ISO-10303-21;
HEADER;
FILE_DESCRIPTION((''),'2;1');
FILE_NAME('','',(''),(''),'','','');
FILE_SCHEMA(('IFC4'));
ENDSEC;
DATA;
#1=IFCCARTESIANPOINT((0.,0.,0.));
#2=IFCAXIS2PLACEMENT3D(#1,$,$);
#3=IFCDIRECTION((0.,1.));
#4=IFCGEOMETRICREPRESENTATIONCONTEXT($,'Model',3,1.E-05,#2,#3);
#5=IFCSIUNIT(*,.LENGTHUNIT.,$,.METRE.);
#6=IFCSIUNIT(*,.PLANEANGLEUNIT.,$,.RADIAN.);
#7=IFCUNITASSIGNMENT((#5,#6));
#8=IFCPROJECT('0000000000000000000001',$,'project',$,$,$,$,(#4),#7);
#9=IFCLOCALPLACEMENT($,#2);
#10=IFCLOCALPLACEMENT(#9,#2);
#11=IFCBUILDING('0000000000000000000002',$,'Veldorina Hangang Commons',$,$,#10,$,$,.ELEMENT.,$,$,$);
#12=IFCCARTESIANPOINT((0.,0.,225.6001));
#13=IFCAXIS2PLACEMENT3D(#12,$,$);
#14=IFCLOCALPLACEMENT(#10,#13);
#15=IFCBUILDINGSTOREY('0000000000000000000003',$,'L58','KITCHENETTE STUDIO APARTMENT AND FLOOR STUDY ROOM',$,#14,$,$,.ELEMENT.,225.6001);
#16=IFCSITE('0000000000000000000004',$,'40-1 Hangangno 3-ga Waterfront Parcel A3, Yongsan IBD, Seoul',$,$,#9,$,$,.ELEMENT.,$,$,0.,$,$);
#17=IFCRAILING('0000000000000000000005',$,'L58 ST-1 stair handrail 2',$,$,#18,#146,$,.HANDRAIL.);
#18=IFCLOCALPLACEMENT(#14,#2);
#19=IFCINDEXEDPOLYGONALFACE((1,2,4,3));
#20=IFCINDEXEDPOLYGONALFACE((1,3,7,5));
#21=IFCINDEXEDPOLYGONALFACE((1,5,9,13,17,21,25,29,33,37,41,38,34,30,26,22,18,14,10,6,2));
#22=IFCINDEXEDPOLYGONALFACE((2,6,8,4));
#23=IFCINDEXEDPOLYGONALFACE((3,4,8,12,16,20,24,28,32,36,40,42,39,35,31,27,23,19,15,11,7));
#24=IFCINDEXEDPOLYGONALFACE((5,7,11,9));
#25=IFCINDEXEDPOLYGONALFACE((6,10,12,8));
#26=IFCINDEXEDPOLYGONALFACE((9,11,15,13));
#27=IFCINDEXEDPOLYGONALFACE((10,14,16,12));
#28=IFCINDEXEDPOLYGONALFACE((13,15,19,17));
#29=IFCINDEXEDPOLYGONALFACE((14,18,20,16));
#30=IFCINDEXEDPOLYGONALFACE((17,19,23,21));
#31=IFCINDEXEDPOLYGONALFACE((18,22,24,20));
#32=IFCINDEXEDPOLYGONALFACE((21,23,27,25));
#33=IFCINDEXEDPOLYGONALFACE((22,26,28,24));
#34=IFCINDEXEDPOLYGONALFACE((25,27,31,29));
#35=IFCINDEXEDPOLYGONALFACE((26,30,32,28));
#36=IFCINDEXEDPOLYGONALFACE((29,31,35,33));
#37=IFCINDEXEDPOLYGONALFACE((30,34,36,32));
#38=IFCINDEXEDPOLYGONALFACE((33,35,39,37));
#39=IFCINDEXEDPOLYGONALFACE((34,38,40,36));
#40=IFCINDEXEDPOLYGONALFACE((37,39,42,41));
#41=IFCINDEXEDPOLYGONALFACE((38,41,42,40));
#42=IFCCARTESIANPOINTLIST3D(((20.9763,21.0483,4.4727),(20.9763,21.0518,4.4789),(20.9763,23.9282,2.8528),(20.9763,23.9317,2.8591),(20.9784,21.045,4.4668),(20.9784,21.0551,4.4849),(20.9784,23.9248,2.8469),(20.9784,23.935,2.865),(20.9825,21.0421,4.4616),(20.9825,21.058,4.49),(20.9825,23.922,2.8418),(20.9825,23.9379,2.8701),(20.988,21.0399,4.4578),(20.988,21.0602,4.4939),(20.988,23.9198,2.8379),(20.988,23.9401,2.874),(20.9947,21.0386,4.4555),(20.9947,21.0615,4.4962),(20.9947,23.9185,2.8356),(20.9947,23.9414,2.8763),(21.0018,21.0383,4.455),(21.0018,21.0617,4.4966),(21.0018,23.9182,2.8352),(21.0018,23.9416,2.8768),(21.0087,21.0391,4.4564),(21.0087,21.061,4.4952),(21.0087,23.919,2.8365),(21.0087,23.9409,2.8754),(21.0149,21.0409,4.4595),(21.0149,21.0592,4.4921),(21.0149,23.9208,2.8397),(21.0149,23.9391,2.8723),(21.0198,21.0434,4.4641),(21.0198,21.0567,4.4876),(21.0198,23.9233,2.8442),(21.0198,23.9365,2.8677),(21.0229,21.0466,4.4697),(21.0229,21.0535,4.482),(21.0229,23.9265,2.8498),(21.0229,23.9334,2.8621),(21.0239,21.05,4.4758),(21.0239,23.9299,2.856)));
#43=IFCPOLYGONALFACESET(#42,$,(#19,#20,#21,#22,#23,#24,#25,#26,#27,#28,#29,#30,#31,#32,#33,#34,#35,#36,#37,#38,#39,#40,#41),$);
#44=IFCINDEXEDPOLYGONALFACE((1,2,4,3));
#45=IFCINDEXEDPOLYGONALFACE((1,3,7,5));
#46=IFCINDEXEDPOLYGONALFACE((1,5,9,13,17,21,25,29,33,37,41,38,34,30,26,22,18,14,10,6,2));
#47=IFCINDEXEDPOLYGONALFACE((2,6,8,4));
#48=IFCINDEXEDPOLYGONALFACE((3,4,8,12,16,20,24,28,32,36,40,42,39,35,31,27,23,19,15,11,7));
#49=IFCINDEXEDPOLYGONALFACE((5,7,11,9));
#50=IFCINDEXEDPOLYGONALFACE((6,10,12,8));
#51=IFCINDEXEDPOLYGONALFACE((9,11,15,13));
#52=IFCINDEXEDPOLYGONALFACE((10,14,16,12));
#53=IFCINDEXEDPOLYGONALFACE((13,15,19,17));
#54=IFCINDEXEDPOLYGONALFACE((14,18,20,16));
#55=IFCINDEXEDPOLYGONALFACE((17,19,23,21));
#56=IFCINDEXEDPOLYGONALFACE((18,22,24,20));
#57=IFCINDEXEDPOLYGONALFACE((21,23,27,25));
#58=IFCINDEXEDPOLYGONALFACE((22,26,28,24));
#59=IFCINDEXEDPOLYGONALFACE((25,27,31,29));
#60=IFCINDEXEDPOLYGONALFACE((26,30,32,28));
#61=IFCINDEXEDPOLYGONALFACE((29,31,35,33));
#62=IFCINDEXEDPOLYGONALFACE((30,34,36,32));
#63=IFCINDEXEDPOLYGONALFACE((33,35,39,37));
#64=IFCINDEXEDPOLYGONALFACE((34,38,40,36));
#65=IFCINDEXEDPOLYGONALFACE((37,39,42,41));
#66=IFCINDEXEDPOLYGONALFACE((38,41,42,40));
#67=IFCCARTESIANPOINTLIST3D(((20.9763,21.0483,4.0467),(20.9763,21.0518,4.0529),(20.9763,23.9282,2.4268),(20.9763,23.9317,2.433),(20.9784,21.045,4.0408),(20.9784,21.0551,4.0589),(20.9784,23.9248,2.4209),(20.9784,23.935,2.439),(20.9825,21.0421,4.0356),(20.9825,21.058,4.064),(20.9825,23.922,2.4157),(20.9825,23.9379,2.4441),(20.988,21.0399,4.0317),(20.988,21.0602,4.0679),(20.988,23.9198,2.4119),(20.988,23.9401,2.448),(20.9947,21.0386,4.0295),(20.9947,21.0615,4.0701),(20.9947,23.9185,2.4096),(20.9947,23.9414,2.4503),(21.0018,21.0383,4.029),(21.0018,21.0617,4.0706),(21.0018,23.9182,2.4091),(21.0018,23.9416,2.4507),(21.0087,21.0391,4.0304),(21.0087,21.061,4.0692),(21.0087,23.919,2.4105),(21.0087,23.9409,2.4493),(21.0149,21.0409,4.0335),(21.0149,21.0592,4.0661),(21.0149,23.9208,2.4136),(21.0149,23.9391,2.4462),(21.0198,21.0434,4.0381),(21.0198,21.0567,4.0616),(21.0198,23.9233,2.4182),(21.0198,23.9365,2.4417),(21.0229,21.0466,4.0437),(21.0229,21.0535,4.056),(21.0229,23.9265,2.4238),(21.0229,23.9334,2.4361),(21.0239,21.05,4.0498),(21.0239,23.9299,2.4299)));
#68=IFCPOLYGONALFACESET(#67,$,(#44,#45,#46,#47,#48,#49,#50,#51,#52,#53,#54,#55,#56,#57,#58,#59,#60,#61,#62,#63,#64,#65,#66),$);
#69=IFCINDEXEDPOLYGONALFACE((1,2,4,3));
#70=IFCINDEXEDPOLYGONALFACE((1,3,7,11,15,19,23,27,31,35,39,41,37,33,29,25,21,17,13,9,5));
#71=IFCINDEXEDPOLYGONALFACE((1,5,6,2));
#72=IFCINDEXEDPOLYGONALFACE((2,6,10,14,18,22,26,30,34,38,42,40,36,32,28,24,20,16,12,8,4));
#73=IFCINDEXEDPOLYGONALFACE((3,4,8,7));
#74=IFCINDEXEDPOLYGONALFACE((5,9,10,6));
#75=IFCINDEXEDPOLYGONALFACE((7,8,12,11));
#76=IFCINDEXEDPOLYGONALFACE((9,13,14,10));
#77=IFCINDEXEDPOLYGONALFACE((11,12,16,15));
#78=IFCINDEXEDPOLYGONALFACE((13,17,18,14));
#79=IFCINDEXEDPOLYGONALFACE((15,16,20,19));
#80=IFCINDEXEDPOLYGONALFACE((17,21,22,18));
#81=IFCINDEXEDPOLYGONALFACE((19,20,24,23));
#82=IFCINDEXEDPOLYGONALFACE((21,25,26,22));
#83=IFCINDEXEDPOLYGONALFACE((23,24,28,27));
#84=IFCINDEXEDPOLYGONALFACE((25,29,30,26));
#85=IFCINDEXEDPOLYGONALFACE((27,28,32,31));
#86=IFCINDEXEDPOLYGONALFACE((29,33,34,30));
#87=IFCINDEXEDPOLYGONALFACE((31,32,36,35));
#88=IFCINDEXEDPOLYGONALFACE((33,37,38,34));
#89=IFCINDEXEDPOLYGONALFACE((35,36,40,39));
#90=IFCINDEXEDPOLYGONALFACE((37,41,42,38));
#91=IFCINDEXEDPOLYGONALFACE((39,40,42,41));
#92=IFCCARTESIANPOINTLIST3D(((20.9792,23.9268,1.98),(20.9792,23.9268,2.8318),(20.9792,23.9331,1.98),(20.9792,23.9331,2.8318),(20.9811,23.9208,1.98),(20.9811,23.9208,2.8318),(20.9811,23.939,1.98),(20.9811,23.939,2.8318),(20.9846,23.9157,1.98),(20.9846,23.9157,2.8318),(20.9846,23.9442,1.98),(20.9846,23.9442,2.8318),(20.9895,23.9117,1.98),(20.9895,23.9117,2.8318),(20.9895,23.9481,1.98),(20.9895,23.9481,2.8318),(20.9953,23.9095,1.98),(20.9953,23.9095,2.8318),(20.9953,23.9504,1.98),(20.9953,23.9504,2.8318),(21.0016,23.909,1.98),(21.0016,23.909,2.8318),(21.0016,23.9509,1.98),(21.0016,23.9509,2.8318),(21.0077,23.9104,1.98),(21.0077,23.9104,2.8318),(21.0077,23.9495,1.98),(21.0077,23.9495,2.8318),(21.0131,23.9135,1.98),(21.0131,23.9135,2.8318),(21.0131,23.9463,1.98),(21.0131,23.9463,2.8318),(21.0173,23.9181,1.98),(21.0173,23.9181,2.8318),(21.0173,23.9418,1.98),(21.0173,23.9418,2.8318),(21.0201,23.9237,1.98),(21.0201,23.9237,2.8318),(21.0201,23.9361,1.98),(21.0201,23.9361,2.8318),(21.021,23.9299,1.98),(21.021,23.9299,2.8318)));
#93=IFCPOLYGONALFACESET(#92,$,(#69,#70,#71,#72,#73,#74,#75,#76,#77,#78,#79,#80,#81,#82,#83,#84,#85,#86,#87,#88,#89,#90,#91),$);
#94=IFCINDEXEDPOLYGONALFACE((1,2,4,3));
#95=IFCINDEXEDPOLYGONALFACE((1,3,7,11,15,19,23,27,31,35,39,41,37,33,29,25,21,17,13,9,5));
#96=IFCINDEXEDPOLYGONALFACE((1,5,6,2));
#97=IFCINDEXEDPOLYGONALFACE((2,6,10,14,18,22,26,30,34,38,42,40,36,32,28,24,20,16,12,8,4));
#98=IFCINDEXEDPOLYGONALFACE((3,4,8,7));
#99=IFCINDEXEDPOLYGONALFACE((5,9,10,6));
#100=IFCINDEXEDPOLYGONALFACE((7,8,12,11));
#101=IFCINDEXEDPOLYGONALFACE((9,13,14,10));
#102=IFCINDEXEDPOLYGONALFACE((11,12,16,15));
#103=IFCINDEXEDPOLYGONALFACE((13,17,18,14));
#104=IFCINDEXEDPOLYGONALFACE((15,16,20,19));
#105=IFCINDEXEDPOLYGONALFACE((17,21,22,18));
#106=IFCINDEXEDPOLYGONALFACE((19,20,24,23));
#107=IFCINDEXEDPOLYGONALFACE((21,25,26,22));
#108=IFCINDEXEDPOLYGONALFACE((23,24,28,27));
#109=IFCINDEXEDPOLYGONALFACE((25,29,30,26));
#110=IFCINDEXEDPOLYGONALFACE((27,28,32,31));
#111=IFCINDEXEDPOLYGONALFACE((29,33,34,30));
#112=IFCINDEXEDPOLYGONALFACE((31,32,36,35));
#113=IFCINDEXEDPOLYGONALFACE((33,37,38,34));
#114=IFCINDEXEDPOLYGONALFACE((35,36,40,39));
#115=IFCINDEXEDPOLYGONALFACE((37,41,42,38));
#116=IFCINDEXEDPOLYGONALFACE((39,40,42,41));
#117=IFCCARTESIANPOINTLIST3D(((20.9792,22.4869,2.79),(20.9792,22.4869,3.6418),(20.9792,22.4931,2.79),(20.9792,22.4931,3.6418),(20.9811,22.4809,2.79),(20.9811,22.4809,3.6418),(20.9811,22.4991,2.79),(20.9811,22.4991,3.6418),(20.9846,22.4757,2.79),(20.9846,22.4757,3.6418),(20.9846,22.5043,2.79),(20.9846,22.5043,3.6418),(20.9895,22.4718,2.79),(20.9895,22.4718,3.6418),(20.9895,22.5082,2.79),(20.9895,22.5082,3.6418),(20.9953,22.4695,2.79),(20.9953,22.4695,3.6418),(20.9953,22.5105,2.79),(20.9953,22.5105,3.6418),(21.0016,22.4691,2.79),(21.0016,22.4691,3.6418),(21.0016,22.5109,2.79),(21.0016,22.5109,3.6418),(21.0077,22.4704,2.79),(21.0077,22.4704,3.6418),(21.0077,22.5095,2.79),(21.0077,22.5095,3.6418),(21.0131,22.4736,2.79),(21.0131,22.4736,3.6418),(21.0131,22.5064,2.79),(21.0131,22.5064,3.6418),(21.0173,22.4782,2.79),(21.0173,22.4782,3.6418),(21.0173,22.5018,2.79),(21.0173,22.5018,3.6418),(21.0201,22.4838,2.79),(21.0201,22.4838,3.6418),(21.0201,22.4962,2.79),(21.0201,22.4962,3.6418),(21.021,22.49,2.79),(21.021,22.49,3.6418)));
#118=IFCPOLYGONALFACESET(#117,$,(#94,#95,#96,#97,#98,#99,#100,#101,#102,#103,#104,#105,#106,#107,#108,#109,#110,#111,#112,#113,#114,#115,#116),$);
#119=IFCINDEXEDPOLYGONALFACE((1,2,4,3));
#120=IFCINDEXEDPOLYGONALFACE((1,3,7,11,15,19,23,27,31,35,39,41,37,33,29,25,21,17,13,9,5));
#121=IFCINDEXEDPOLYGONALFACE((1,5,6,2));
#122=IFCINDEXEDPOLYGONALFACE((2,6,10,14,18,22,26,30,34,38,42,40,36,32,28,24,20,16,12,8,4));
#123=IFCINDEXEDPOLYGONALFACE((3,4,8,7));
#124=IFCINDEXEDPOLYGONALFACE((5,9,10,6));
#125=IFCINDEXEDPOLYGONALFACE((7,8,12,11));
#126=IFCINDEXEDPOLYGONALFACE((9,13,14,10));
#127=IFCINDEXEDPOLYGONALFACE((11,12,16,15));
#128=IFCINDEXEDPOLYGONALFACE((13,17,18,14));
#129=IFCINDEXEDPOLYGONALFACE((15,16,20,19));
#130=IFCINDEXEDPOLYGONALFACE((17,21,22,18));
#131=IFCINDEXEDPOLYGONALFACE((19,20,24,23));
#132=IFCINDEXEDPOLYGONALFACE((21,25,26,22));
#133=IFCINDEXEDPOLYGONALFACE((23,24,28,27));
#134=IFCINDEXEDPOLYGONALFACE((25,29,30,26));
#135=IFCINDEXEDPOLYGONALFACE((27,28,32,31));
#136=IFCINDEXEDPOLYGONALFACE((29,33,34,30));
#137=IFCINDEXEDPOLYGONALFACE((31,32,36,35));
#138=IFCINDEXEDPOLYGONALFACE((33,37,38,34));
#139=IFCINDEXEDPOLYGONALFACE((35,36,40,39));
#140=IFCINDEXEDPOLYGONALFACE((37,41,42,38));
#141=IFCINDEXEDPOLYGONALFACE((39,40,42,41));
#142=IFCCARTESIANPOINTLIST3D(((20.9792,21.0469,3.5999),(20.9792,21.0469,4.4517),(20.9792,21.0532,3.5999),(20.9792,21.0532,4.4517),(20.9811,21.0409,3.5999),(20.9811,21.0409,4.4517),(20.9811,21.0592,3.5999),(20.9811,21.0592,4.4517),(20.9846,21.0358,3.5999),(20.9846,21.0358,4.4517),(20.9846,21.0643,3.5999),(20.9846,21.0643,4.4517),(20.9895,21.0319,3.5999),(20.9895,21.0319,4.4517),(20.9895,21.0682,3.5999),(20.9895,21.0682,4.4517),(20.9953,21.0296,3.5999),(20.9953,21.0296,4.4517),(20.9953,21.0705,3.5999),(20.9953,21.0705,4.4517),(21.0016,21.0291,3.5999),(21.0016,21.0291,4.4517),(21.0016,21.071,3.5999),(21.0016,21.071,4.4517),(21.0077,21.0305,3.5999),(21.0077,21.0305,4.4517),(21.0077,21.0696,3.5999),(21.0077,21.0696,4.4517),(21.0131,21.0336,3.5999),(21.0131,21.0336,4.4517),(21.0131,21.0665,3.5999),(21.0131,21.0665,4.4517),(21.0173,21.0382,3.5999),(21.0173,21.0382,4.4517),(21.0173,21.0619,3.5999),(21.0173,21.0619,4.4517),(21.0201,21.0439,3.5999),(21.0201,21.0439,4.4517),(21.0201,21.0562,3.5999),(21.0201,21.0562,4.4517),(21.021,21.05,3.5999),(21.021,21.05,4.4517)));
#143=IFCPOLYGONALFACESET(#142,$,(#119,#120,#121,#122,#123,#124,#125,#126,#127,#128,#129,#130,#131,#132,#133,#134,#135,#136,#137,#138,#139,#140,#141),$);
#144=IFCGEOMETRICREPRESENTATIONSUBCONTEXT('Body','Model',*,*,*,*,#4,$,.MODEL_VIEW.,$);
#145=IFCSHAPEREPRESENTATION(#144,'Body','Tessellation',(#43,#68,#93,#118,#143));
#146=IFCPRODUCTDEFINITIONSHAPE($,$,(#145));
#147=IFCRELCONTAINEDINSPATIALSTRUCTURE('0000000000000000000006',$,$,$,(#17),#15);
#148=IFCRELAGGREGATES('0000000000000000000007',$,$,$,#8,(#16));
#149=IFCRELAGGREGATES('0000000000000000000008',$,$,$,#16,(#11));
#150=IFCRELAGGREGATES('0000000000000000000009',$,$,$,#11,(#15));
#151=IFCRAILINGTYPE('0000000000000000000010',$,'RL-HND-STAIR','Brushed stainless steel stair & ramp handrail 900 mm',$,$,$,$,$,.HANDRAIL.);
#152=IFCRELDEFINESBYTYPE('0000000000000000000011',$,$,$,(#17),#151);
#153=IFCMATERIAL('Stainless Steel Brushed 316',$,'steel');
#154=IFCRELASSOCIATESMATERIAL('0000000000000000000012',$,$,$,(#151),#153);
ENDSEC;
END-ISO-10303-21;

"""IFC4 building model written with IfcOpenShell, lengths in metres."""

from ifc_helpers import new_model, si_unit, direction, frame, origin, origin_2d, place, context, subcontext, project, spatial, circle, extrude, material, type_object, element, save


model = new_model("IFC4")

# Units and contexts
model_context = context("Model", 3, precision=1e-05, world=origin(), true_north=direction((0.0, 1.0)))
body_context = subcontext(model_context, "Body", "Model", "MODEL_VIEW")
ifc_project = project(units=[si_unit("LENGTHUNIT", "METRE"), si_unit("PLANEANGLEUNIT", "RADIAN")], contexts=[model_context])

# Site, building, storey
site_placement = place(None, origin())
site = spatial("IfcSite", under=ifc_project, at=site_placement, Name="40-1 Hangangno 3-ga Waterfront Parcel A3, Yongsan IBD, Seoul", CompositionType="ELEMENT", RefElevation=0.0)
building_placement = place(site_placement, origin())
building = spatial("IfcBuilding", under=site, at=building_placement, Name="Veldorina Hangang Commons", CompositionType="ELEMENT")
storey_placement = place(building_placement, frame((0.0, 0.0, 225.6001)))
storey = spatial("IfcBuildingStorey", under=building, at=storey_placement, Name="L58", Description="KITCHENETTE STUDIO APARTMENT AND FLOOR STUDY ROOM", CompositionType="ELEMENT", Elevation=225.6001)

# Railing
ifc_material_1 = material(Name="Stainless Steel Brushed 316", Category="steel")
railing_type_1 = type_object("IfcRailingType", Name="RL-HND-STAIR", Description="Brushed stainless steel stair & ramp handrail 900 mm", PredefinedType="HANDRAIL", material=ifc_material_1)
railing_1_placement = place(storey_placement, frame((21.0, 23.9299, 1.98)))
element("IfcRailing", 1, at=railing_1_placement, inside=storey, type_object=railing_type_1, Name="L58 ST-1 stair handrail 2", PredefinedType="HANDRAIL", context=body_context, shape_type="SweptSolid", body=[
    extrude(circle(Radius=0.0239, at=origin_2d()), frame((0.0, 0.0, 0.876), z_axis=(0.0, -0.871583, 0.490247), x_axis=(1.0, 0.0, 0.0)), (0.0, 0.0, 1.0), 3.3042),
    extrude(circle(Radius=0.0239, at=origin_2d()), frame((0.0, 0.0, 0.45), z_axis=(0.0, -0.871583, 0.490247), x_axis=(1.0, 0.0, 0.0)), (0.0, 0.0, 1.0), 3.3042),
    extrude(circle(Radius=0.021, at=origin_2d()), origin(), (0.0, 0.0, 1.0), 0.8518),
    extrude(circle(Radius=0.021, at=origin_2d()), frame((0.0, -1.4399, 0.8101)), (0.0, 0.0, 1.0), 0.8518),
    extrude(circle(Radius=0.021, at=origin_2d()), frame((0.0, -2.8799, 1.6199)), (0.0, 0.0, 1.0), 0.8518),
])

save(model, "model.ifc")
